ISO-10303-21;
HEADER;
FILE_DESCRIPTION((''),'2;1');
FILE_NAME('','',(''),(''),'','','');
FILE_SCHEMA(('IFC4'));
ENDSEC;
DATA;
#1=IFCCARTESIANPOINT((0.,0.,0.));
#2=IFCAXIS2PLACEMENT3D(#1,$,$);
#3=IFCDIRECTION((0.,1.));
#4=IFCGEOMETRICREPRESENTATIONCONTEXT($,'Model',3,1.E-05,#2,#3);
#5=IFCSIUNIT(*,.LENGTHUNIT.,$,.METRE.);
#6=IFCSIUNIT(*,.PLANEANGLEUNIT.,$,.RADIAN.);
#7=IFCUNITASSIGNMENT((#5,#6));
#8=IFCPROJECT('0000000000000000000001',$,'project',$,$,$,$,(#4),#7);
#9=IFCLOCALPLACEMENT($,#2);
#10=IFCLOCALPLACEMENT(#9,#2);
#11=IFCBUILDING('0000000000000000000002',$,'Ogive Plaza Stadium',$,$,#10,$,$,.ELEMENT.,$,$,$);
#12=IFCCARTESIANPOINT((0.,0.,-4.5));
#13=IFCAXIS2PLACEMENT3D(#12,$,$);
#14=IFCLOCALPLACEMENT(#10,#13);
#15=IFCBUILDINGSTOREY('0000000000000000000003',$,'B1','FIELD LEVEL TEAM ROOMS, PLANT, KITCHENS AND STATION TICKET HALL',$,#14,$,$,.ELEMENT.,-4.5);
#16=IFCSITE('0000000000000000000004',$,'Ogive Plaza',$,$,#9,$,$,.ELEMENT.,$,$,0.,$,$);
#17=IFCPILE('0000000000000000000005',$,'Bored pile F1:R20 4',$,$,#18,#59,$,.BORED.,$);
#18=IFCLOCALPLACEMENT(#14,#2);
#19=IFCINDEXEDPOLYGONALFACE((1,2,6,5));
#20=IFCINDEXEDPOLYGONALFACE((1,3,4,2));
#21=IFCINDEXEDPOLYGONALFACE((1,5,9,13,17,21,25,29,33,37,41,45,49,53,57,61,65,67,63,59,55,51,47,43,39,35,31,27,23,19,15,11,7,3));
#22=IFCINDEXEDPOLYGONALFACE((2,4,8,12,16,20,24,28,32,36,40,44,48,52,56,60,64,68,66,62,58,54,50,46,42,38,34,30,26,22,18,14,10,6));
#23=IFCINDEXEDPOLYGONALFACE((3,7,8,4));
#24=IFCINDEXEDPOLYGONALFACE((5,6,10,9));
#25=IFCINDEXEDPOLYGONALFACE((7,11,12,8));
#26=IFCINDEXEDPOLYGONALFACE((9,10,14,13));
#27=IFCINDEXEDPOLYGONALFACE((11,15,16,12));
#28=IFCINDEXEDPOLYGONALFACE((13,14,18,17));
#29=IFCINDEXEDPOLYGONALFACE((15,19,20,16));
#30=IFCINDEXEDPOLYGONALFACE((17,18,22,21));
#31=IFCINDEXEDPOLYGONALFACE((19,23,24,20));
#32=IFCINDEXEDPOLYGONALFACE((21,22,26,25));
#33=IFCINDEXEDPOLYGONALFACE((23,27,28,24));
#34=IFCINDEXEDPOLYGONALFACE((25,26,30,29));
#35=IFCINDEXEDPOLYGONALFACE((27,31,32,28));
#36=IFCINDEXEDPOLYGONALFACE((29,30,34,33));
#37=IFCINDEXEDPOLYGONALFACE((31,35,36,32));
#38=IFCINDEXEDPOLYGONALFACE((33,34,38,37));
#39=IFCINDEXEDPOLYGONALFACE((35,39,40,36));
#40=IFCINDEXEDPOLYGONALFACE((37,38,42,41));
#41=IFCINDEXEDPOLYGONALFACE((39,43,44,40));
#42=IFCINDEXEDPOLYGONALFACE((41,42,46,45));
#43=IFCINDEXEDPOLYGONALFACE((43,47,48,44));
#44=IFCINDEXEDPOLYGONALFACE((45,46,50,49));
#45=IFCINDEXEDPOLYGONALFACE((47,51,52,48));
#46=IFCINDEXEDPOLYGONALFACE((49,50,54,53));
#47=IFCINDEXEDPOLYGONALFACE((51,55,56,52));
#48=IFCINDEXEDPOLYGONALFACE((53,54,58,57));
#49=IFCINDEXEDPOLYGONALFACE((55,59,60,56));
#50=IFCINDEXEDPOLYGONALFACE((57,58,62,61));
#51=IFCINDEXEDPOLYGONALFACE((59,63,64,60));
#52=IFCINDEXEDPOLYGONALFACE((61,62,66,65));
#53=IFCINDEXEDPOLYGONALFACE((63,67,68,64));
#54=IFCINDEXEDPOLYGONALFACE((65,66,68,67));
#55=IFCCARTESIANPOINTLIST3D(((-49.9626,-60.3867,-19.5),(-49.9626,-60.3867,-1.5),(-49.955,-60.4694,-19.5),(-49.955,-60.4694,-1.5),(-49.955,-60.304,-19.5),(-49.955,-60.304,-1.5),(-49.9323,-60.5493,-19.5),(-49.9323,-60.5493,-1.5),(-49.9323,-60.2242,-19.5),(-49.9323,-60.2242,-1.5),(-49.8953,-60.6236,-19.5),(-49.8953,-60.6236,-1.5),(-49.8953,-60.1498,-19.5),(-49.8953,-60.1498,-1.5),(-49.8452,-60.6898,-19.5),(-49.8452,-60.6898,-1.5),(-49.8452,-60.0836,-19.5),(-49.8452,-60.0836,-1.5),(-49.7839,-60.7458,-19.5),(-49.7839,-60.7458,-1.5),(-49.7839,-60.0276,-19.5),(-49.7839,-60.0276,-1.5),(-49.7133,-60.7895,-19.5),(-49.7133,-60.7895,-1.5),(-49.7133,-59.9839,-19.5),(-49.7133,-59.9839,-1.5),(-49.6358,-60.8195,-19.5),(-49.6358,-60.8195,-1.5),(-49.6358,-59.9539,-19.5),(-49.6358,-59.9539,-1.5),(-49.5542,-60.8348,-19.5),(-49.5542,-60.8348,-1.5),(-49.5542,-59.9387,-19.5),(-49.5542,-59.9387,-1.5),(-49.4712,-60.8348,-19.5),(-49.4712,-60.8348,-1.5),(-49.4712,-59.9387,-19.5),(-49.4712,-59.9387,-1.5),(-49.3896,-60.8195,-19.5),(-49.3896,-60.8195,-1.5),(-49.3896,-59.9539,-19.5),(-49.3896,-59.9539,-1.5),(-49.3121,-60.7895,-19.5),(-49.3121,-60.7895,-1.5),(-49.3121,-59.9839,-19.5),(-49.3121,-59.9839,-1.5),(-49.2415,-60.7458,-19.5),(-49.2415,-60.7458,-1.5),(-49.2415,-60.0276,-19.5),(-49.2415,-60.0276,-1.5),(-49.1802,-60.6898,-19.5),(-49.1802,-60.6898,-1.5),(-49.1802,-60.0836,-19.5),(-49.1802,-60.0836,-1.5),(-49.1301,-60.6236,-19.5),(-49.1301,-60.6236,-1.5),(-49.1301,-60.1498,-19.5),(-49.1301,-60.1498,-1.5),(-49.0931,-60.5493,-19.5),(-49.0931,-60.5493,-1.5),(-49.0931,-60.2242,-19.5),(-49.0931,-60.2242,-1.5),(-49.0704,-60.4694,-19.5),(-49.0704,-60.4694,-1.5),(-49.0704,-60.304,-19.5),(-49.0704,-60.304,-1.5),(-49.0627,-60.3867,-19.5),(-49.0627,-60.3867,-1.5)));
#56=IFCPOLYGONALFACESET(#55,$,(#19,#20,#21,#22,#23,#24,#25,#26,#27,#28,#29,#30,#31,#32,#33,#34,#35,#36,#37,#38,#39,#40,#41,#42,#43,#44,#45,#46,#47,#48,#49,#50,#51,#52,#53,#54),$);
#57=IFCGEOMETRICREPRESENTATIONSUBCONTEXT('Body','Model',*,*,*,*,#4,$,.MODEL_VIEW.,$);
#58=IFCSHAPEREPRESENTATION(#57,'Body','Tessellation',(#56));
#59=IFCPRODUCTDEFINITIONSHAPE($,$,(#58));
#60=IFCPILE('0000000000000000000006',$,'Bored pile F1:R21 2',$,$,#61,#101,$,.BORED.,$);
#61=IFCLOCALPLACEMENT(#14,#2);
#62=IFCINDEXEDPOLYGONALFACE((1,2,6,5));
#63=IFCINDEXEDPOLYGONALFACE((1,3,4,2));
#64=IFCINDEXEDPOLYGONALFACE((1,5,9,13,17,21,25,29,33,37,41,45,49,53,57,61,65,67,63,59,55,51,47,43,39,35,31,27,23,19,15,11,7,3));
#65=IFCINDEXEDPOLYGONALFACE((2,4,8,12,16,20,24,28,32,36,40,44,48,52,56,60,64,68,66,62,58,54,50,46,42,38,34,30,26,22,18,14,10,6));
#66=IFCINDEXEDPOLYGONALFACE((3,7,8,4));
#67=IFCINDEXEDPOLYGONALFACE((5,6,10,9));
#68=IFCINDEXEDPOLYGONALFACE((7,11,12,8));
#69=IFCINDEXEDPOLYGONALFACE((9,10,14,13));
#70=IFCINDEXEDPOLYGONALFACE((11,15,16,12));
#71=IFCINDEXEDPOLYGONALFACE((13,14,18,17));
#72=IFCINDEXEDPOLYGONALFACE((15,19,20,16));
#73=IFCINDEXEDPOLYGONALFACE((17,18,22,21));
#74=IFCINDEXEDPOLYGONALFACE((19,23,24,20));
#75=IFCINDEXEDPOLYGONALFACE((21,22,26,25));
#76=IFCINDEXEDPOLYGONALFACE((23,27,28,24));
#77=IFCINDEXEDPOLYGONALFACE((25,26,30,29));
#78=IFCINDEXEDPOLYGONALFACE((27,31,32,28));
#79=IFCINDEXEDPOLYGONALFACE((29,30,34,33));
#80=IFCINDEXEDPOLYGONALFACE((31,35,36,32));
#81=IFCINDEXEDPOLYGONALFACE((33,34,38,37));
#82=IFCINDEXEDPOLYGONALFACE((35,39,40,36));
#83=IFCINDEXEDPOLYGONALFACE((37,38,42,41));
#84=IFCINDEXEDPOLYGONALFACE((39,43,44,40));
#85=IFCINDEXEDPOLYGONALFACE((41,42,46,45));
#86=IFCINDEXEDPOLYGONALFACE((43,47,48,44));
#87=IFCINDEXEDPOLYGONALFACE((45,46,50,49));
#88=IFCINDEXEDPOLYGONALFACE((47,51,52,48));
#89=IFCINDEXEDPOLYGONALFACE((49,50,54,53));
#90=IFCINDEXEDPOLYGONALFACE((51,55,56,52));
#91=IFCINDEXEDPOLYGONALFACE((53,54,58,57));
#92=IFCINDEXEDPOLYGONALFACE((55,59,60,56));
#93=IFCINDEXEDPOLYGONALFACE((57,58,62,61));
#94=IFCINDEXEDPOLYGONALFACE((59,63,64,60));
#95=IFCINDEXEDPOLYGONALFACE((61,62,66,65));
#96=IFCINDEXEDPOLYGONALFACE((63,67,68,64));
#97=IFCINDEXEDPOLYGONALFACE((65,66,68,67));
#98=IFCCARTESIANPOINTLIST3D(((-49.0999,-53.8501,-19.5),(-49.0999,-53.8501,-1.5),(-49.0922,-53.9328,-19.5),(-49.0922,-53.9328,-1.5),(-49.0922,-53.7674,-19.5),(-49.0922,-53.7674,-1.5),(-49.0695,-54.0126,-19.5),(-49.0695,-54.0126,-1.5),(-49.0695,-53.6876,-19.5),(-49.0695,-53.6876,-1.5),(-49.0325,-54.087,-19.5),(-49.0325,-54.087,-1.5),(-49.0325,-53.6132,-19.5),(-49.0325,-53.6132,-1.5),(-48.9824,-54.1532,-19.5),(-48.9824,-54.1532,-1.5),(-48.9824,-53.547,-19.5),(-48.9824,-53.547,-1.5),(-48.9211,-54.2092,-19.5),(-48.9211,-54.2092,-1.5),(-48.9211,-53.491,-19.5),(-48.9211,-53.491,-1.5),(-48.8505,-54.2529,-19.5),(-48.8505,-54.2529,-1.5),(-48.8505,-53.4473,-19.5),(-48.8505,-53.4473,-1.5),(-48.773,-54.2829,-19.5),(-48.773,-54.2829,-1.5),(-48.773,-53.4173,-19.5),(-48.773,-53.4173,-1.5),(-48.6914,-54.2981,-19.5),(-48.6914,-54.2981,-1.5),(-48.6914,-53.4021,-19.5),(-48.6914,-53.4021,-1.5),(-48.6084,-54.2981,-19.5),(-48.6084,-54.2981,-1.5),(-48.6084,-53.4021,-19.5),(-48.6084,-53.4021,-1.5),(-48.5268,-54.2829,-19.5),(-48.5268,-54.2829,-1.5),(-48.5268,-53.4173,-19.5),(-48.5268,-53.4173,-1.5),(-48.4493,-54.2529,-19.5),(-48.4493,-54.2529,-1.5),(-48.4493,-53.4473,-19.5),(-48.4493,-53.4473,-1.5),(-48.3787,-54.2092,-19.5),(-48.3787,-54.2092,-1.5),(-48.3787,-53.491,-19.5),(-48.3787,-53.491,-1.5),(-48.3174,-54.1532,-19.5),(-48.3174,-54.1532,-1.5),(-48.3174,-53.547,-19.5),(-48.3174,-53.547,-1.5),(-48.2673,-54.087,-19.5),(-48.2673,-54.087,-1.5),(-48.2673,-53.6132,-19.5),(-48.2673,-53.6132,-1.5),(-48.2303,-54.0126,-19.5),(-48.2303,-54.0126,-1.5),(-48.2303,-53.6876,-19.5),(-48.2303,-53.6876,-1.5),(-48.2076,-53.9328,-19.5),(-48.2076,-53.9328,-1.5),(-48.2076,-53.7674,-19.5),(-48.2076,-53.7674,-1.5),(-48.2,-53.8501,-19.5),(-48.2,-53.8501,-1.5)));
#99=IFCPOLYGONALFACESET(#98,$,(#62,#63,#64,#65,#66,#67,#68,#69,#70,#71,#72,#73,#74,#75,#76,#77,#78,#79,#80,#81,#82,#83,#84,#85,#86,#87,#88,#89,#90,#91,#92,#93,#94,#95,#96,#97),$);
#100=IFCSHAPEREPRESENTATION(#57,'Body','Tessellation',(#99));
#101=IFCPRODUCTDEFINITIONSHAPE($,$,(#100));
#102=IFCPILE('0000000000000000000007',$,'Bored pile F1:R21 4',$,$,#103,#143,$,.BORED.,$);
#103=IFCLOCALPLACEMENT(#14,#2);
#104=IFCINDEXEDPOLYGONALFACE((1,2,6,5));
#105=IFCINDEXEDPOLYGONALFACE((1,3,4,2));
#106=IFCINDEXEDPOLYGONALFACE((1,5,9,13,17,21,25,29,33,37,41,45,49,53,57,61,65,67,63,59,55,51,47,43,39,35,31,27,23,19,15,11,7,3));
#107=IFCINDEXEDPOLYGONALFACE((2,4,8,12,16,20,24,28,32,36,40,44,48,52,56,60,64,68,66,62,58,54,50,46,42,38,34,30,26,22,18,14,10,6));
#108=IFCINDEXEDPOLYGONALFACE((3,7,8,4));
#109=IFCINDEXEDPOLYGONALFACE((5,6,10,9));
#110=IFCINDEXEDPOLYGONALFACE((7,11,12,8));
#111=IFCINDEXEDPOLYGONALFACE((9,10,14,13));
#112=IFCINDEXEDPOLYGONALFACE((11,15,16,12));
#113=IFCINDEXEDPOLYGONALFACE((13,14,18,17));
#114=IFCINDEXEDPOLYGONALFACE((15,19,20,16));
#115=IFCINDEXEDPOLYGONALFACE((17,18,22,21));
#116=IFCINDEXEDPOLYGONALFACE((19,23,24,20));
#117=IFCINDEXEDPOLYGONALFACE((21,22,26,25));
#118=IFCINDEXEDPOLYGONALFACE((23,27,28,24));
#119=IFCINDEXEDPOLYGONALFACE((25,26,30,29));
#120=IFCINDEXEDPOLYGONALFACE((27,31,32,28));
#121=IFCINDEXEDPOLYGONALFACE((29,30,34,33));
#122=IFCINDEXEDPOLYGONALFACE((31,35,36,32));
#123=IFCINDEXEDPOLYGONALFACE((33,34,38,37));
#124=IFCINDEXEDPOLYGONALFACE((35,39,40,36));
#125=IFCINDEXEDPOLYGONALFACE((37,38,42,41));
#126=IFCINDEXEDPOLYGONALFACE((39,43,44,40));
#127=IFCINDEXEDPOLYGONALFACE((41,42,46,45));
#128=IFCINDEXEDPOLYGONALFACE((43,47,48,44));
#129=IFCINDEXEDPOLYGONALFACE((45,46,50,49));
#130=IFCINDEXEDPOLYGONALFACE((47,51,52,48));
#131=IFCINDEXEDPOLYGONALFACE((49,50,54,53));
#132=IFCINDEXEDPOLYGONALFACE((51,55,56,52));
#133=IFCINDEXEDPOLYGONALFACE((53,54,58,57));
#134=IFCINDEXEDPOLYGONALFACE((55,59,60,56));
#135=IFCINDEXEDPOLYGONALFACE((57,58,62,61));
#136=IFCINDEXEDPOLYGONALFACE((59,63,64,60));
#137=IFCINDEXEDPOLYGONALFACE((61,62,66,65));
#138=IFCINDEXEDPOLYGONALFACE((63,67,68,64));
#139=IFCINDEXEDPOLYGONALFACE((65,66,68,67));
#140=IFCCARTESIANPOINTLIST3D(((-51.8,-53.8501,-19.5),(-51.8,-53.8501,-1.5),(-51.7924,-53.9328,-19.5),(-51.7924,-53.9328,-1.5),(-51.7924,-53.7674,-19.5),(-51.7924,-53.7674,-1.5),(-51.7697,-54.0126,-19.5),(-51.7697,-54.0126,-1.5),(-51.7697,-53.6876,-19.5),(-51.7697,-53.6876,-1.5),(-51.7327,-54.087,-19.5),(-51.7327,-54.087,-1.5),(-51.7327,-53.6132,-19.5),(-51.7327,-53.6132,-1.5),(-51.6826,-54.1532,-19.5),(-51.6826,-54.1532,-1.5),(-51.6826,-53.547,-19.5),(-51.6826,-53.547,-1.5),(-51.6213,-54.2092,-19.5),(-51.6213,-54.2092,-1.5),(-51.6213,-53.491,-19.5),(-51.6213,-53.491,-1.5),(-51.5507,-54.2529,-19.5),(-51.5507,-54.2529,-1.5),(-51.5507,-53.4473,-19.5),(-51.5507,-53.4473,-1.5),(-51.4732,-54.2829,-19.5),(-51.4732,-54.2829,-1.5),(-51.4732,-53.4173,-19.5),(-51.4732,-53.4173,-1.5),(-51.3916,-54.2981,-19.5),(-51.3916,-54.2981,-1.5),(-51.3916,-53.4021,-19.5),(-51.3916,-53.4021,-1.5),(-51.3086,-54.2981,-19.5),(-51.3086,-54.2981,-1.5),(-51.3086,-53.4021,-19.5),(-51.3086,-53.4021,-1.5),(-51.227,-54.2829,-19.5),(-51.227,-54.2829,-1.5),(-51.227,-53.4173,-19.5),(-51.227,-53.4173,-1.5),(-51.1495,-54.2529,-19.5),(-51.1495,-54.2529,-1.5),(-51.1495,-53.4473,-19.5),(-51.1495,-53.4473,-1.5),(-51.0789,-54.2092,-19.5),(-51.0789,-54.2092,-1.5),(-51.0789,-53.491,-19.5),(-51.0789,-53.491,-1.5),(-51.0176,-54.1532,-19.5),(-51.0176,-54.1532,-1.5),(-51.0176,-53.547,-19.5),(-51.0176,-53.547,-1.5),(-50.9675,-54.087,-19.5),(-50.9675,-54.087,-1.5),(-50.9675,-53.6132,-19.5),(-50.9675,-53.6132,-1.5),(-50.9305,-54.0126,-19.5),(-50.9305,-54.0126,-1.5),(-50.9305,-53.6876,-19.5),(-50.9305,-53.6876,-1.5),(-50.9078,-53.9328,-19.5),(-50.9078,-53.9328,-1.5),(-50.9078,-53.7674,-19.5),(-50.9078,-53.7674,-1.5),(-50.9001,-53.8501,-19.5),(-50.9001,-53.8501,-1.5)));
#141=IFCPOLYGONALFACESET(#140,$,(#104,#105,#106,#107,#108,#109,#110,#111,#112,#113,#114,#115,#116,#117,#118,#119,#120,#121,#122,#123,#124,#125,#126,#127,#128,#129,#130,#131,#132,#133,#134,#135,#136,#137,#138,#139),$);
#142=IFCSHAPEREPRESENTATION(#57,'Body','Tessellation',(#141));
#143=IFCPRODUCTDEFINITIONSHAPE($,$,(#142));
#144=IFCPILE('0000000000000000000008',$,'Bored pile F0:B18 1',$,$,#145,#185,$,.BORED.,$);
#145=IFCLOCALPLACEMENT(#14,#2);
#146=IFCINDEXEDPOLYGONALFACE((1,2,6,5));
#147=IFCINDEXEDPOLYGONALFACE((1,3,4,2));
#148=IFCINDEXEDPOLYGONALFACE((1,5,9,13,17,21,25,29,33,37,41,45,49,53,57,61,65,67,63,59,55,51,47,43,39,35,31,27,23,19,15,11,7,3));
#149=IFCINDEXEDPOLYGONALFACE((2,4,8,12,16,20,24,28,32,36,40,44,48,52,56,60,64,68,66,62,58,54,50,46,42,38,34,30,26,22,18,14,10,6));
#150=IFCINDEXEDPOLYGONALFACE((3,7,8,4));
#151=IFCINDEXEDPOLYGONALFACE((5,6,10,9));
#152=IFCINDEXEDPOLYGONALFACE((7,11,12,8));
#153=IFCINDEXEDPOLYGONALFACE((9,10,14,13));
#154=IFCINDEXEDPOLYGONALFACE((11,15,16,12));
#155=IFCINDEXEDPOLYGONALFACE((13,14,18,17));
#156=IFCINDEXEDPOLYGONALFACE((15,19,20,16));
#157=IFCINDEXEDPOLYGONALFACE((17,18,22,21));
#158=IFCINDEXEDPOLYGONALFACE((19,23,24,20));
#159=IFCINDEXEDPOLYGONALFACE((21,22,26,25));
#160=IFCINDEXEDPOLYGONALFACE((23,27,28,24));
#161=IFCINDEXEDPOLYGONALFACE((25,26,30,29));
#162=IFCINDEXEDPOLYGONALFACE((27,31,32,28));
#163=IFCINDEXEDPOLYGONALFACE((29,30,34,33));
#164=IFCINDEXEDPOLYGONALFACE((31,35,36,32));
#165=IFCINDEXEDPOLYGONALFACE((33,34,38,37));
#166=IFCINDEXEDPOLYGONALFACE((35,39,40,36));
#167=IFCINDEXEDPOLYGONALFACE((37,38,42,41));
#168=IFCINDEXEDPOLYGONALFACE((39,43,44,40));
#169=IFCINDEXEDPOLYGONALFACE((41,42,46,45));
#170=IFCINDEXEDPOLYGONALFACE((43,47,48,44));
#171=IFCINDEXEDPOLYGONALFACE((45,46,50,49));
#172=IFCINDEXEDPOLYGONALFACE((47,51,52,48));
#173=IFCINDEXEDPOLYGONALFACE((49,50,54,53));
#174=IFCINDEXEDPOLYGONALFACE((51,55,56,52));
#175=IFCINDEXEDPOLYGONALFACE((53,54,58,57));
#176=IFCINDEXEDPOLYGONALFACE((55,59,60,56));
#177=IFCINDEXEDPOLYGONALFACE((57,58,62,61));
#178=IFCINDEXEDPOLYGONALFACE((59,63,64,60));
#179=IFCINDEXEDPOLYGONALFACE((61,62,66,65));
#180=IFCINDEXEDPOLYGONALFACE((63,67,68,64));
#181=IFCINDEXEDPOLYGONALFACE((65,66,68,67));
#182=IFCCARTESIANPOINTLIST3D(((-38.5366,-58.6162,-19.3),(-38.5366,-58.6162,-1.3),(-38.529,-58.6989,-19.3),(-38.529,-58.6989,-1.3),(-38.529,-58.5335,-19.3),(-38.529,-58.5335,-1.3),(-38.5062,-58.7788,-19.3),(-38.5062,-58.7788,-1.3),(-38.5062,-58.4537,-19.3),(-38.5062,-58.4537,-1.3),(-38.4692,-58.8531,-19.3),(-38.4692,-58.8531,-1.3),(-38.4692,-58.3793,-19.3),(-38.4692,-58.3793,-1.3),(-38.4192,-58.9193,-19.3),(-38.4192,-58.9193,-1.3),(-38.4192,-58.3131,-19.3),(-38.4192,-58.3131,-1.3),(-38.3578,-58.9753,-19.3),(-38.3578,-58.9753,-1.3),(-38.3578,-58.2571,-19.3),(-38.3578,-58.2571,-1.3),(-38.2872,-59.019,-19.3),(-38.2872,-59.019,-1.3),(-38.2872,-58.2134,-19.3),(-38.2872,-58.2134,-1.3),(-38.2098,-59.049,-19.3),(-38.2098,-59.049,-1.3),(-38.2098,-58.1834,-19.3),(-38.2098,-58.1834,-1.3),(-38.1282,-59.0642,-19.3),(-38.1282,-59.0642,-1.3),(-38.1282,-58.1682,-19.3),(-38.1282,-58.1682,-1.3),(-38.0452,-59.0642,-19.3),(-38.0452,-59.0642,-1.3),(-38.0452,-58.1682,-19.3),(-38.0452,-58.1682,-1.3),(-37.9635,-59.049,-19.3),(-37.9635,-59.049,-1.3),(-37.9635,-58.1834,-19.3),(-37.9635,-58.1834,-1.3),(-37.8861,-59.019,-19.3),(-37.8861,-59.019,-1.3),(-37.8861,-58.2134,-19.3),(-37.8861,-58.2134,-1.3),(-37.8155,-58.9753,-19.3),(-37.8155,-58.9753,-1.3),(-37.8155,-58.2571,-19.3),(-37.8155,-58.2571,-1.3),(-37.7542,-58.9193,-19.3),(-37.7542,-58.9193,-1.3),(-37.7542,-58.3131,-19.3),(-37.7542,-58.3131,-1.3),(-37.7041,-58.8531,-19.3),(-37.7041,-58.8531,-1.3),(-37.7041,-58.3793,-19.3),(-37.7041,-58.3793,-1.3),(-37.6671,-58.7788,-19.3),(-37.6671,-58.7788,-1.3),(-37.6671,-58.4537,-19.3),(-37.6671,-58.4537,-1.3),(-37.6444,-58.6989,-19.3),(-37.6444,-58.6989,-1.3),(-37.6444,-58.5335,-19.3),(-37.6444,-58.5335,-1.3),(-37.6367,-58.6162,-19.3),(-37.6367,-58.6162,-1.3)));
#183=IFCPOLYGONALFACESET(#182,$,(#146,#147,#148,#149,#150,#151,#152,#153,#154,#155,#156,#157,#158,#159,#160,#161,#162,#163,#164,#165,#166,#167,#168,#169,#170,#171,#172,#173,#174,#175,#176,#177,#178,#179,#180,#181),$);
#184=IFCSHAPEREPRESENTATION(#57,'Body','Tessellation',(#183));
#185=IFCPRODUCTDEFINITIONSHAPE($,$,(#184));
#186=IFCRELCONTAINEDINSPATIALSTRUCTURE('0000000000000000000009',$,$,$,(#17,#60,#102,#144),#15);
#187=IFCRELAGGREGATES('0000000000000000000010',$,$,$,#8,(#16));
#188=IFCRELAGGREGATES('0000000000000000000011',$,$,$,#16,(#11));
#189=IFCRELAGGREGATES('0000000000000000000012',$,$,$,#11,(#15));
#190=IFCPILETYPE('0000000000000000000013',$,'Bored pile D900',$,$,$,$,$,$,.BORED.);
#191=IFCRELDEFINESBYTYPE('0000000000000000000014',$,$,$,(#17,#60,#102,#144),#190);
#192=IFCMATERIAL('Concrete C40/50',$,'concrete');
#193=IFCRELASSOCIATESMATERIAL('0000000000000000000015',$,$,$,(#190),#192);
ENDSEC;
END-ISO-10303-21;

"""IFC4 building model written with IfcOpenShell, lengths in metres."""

from ifc_helpers import new_model, si_unit, direction, frame, origin, origin_2d, place, context, subcontext, project, spatial, circle, extrude, material, material_profile, profile_set, type_object, element, save


model = new_model("IFC4")

# Units and contexts
model_context = context("Model", 3, precision=1e-05, world=origin(), true_north=direction((0.0, 1.0)))
body_context = subcontext(model_context, "Body", "Model", "MODEL_VIEW")
ifc_project = project(units=[si_unit("LENGTHUNIT", "METRE"), si_unit("PLANEANGLEUNIT", "RADIAN")], contexts=[model_context])

# Site, building, storey
site_placement = place(None, origin())
site = spatial("IfcSite", under=ifc_project, at=site_placement, Name="Ogive Plaza", CompositionType="ELEMENT", RefElevation=0.0)
building_placement = place(site_placement, origin())
building = spatial("IfcBuilding", under=site, at=building_placement, Name="Ogive Plaza Stadium", CompositionType="ELEMENT")
storey_placement = place(building_placement, frame((0.0, 0.0, -4.5)))
storey = spatial("IfcBuildingStorey", under=building, at=storey_placement, Name="B1", Description="FIELD LEVEL TEAM ROOMS, PLANT, KITCHENS AND STATION TICKET HALL", CompositionType="ELEMENT", Elevation=-4.5)

# Piles
ifc_material_1 = material(Name="Concrete C40/50", Category="concrete")
ifc_material_profile_1 = material_profile(ifc_material_1, circle(Radius=0.45, at=origin_2d()), Name="RC D900")
ifc_profile_set_1 = profile_set([ifc_material_profile_1], Name="Concrete C40/50")
pile_type_1 = type_object("IfcPileType", Name="Bored pile D900", PredefinedType="BORED", material=ifc_profile_set_1)
for number, where, z_axis, x_axis, name in (
    (1, (-49.5127, -60.3867, -1.5), (0.0, 0.0, -1.0), (1.0, 0.0, 0.0), "Bored pile F1:R20 4"),
    (2, (-48.6499, -53.8501, -1.5), (0.0, 0.0, -1.0), (1.0, 0.0, 0.0), "Bored pile F1:R21 2"),
    (3, (-51.3501, -53.8501, -1.5), (0.0, 0.0, -1.0), (1.0, 0.0, 0.0), "Bored pile F1:R21 4"),
    (4, (-38.0867, -58.6162, -1.3), (0.0, 0.0, -1.0), (1.0, 0.0, 0.0), "Bored pile F0:B18 1"),
):
    element("IfcPile", number, at=place(storey_placement, frame(where, z_axis=z_axis, x_axis=x_axis)), inside=storey, type_object=pile_type_1, Name=name, PredefinedType="BORED", context=body_context, shape_type="SweptSolid", body=[
        extrude(circle(Radius=0.45, at=origin_2d()), origin(), (0.0, 0.0, 1.0), 18.0),
    ])

save(model, "model.ifc")
